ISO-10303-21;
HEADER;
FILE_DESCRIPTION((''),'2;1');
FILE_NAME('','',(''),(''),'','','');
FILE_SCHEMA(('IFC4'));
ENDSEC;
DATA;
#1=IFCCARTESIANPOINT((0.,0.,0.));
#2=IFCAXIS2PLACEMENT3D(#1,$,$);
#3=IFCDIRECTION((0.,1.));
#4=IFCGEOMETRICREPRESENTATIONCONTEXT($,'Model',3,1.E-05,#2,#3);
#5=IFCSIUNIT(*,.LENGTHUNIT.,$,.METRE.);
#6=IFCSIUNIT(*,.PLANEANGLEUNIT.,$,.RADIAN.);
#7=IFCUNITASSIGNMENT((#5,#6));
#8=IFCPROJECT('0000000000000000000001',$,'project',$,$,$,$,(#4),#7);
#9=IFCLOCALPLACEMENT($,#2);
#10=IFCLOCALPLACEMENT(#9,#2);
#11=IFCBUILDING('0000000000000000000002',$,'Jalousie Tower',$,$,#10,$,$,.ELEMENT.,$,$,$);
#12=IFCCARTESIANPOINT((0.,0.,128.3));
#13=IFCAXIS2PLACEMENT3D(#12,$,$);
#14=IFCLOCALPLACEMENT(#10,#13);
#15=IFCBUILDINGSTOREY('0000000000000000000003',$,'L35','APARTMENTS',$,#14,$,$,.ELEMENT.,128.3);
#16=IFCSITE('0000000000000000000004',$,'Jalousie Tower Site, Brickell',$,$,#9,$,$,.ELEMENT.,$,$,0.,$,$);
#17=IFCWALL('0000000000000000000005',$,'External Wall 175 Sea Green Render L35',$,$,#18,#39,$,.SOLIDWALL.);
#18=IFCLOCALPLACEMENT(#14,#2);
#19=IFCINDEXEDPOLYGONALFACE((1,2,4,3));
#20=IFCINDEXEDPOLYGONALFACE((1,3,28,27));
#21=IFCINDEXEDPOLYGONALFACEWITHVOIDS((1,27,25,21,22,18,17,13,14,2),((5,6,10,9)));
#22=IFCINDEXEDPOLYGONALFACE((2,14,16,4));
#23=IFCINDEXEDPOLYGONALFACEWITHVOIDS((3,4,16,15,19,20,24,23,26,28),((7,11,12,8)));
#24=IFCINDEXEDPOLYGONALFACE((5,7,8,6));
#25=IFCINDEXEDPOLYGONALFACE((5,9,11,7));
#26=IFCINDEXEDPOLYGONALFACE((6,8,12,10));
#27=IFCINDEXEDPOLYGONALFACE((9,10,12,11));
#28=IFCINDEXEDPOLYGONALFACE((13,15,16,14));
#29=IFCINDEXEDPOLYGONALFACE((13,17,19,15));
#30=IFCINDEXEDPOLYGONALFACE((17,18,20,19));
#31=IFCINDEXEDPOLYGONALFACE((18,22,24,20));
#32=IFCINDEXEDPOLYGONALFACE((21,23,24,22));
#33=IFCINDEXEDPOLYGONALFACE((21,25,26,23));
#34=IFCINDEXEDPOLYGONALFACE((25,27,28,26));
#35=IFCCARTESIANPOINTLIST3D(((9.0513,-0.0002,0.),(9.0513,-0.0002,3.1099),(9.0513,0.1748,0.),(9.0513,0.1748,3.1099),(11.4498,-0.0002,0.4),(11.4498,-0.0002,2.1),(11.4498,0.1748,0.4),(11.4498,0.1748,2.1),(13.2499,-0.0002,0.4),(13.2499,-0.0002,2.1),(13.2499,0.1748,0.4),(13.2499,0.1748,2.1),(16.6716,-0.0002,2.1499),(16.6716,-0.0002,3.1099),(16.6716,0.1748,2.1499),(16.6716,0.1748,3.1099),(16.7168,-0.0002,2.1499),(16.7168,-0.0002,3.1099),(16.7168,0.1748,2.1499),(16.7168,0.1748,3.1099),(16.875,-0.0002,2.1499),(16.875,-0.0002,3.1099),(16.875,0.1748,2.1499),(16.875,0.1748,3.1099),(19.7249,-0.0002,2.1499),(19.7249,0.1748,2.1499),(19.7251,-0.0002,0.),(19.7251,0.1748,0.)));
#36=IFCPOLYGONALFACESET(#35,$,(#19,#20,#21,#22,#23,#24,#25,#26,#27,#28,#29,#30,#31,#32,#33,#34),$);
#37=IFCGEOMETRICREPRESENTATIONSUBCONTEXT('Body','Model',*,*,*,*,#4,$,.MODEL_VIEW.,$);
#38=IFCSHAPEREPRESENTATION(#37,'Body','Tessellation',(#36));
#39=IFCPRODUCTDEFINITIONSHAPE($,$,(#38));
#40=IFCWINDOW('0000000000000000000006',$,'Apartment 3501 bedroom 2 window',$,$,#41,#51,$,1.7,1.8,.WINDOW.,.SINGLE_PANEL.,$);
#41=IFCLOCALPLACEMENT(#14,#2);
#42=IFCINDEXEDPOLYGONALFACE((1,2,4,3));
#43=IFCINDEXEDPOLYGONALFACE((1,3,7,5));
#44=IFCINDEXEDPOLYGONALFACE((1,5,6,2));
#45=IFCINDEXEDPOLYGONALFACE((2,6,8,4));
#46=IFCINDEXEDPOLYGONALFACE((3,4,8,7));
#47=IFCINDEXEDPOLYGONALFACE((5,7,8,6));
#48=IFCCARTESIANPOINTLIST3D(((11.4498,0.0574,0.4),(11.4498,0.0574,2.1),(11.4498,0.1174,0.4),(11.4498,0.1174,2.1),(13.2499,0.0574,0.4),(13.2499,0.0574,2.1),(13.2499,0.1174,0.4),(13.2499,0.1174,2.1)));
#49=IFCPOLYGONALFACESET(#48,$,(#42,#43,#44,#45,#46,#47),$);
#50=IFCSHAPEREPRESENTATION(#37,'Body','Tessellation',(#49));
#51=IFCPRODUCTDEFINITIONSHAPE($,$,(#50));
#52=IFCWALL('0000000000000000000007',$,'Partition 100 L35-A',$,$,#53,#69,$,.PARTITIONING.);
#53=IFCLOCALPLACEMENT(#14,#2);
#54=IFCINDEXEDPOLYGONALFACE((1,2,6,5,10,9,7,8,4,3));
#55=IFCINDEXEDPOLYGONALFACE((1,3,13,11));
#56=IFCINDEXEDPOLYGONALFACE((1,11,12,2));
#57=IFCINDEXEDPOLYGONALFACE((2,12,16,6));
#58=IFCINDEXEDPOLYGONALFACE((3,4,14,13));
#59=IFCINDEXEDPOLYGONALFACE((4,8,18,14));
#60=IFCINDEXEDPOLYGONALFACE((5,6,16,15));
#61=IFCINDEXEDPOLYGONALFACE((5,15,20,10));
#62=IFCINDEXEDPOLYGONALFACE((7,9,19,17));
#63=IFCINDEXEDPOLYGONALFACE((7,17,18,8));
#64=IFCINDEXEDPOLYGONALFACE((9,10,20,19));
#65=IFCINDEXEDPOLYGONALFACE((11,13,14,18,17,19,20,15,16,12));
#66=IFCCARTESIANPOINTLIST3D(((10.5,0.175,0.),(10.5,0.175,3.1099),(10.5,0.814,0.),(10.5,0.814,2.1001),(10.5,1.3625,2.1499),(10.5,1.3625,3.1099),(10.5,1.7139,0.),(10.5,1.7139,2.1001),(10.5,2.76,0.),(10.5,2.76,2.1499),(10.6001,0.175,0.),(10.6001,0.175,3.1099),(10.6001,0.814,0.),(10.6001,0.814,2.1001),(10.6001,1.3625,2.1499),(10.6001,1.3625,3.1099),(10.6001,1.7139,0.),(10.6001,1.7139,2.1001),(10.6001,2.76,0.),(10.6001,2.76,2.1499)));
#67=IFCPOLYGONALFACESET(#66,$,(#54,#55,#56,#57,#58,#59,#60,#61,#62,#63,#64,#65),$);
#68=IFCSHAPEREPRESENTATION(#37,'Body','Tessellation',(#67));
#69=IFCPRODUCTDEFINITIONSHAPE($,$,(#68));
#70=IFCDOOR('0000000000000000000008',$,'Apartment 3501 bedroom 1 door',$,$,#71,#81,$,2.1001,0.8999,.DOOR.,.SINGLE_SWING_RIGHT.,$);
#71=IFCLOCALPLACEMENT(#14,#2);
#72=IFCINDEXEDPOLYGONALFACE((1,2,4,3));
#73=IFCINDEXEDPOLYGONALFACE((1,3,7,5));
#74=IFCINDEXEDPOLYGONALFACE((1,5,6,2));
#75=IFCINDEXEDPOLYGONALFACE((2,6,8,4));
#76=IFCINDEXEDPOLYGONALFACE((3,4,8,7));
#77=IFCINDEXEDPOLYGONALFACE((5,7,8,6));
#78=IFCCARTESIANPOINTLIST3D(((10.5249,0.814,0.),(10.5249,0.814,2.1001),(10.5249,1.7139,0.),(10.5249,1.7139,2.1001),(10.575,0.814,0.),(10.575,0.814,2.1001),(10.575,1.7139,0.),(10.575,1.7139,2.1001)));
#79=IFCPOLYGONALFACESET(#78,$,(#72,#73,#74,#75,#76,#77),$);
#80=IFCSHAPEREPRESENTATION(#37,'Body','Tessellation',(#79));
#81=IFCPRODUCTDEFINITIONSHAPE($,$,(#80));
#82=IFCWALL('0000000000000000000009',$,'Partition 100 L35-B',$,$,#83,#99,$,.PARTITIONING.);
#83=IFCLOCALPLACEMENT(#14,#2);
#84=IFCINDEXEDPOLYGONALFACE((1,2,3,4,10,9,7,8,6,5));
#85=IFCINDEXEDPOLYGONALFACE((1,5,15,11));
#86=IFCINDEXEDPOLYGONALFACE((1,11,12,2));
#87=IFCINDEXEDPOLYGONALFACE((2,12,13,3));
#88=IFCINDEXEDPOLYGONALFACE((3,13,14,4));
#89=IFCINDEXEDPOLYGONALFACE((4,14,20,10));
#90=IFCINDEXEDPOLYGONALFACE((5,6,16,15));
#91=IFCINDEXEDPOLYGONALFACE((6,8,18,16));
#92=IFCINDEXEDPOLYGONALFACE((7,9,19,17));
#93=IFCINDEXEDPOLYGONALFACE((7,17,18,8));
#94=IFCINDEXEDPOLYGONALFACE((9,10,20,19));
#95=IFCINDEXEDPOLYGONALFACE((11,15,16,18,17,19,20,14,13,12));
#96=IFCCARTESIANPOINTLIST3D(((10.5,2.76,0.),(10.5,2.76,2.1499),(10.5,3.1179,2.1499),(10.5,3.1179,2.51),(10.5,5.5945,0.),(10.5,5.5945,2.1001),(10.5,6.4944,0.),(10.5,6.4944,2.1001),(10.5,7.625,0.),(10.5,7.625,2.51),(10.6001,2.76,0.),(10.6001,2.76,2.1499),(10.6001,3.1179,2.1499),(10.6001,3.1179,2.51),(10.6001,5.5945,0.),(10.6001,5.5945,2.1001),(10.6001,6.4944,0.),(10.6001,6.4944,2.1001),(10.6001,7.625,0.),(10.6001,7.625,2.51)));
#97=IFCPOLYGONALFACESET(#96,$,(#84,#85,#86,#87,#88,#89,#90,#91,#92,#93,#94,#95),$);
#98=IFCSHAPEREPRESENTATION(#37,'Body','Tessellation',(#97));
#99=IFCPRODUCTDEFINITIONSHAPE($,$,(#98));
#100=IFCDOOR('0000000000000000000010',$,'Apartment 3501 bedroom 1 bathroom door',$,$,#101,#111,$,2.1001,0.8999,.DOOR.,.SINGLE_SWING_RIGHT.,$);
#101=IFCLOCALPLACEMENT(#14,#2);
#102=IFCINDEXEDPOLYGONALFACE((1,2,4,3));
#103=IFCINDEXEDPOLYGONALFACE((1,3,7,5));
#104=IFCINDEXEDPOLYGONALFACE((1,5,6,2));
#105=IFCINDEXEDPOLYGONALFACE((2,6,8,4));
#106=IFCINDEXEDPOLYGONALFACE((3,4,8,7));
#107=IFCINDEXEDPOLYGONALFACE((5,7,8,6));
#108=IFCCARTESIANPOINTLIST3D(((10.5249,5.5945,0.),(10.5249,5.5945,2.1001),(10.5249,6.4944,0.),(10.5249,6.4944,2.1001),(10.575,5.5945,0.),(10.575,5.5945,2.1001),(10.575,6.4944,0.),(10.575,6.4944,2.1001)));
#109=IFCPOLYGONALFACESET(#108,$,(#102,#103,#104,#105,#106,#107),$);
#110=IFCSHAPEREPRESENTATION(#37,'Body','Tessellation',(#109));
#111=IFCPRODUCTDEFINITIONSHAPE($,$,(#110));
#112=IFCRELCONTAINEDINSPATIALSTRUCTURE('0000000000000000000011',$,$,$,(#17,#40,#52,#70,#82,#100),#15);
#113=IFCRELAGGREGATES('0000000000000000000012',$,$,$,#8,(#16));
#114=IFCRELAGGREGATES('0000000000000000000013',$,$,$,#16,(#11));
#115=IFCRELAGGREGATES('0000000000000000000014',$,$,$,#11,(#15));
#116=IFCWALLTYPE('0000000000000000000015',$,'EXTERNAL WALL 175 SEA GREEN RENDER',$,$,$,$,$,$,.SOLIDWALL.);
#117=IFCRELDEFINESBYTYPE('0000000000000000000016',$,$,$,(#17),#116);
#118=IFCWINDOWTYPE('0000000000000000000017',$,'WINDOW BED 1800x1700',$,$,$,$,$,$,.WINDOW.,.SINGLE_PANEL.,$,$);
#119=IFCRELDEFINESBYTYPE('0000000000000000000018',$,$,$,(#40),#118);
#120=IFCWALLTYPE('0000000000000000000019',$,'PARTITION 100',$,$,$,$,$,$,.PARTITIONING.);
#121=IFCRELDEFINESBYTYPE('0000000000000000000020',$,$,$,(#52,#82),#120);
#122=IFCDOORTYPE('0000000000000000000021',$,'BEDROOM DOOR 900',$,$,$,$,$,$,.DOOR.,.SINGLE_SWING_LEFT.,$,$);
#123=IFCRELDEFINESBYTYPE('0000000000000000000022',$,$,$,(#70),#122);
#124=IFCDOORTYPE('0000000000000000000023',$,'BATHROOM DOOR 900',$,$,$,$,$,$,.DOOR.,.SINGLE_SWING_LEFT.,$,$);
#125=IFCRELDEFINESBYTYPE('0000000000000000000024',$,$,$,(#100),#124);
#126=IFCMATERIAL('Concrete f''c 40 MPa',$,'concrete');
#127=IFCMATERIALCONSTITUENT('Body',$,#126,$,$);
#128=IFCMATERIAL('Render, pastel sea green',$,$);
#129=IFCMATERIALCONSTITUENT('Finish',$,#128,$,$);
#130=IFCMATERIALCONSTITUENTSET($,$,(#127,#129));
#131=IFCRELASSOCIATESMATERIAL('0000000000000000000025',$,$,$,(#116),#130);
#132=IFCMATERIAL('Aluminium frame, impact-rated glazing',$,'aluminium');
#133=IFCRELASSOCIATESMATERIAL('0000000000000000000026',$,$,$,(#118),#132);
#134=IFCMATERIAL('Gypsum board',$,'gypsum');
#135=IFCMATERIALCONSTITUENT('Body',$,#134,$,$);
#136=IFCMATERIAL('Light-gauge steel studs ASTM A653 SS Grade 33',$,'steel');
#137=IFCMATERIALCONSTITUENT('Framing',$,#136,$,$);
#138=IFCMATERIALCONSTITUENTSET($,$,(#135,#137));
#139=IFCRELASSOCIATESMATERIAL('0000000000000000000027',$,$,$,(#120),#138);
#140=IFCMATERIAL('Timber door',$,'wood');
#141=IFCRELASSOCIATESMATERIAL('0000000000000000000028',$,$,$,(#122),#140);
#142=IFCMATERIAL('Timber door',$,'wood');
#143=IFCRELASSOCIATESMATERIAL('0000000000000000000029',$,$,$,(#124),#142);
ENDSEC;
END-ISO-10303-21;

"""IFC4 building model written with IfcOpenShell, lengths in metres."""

from ifc_helpers import new_model, si_unit, direction, frame, frame_2d, origin, place, context, subcontext, project, spatial, polyline, rectangle, outline, extrude, material, constituent, constituent_set, type_object, element, fill, save


model = new_model("IFC4")

# Units and contexts
model_context = context("Model", 3, precision=1e-05, world=origin(), true_north=direction((0.0, 1.0)))
body_context = subcontext(model_context, "Body", "Model", "MODEL_VIEW")
ifc_project = project(units=[si_unit("LENGTHUNIT", "METRE"), si_unit("PLANEANGLEUNIT", "RADIAN")], contexts=[model_context])

# Site, building, storey
site_placement = place(None, origin())
site = spatial("IfcSite", under=ifc_project, at=site_placement, Name="Jalousie Tower Site, Brickell", CompositionType="ELEMENT", RefElevation=0.0)
building_placement = place(site_placement, origin())
building = spatial("IfcBuilding", under=site, at=building_placement, Name="Jalousie Tower", CompositionType="ELEMENT")
storey_placement = place(building_placement, frame((0.0, 0.0, 128.3)))
storey = spatial("IfcBuildingStorey", under=building, at=storey_placement, Name="L35", Description="APARTMENTS", CompositionType="ELEMENT", Elevation=128.3)

# Wall, opening, window
ifc_material_1 = material(Name="Concrete f'c 40 MPa", Category="concrete")
ifc_constituent_1 = constituent(ifc_material_1, Name="Body")
ifc_material_2 = material(Name="Render, pastel sea green")
ifc_constituent_2 = constituent(ifc_material_2, Name="Finish")
ifc_constituent_set_1 = constituent_set(constituents=[ifc_constituent_1, ifc_constituent_2])
wall_type_1 = type_object("IfcWallType", Name="EXTERNAL WALL 175 SEA GREEN RENDER", PredefinedType="SOLIDWALL", material=ifc_constituent_set_1)
wall_1_placement = place(storey_placement, frame((9.0513, 0.0874, 0.0), z_axis=(0.0, 0.0, 1.0), x_axis=(1.0, 0.0, 0.0)))
wall_1 = element("IfcWall", 1, at=wall_1_placement, inside=storey, type_object=wall_type_1, Name="External Wall 175 Sea Green Render L35", PredefinedType="SOLIDWALL", context=body_context, shape_type="SweptSolid", body=[
    extrude(outline(polyline([(0.0, 0.0), (10.6738, 0.0), (10.6736, 2.1499), (7.8237, 2.1499), (7.8237, 3.1099), (7.6655, 3.1099), (7.6655, 2.1499), (7.6204, 2.1499), (7.6204, 3.1099), (0.0, 3.1099), (0.0, 0.0)])), frame((0.0, 0.0874, 0.0), z_axis=(0.0, -1.0, 0.0), x_axis=(1.0, 0.0, 0.0)), (0.0, 0.0, 1.0), 0.175),
])
opening_1_placement = place(wall_1_placement, frame((2.3987, 0.0, 0.3999)))
opening_1 = element("IfcOpeningElement", 2, at=opening_1_placement, cuts=wall_1, PredefinedType="OPENING", context=body_context, shape_type="SweptSolid", body=[
    extrude(rectangle(XDim=1.8, YDim=1.7, at=frame_2d((0.8999, 0.8501))), frame((0.0, 0.0974, 0.0), z_axis=(0.0, -1.0, 0.0), x_axis=(1.0, 0.0, 0.0)), (0.0, 0.0, 1.0), 0.1951),
])
ifc_material_3 = material(Name="Aluminium frame, impact-rated glazing", Category="aluminium")
window_type = type_object("IfcWindowType", Name="WINDOW BED 1800x1700", PartitioningType="SINGLE_PANEL", PredefinedType="WINDOW", material=ifc_material_3)
window_placement = place(opening_1_placement, origin())
window = element("IfcWindow", 3, at=window_placement, inside=storey, type_object=window_type, Name="Apartment 3501 bedroom 2 window", OverallHeight=1.7, OverallWidth=1.8, PartitioningType="SINGLE_PANEL", PredefinedType="WINDOW", context=body_context, shape_type="SweptSolid", body=[
    extrude(rectangle(XDim=1.8, YDim=1.7, at=frame_2d((0.8999, 0.8501))), frame((0.0, 0.03, 0.0), z_axis=(0.0, -1.0, 0.0), x_axis=(1.0, 0.0, 0.0)), (0.0, 0.0, 1.0), 0.0601),
])
fill(opening_1, window)

# Walls, openings, doors
ifc_material_4 = material(Name="Gypsum board", Category="gypsum")
ifc_constituent_3 = constituent(ifc_material_4, Name="Body")
ifc_material_5 = material(Name="Light-gauge steel studs ASTM A653 SS Grade 33", Category="steel")
ifc_constituent_4 = constituent(ifc_material_5, Name="Framing")
ifc_constituent_set_2 = constituent_set(constituents=[ifc_constituent_3, ifc_constituent_4])
wall_type_2 = type_object("IfcWallType", Name="PARTITION 100", PredefinedType="PARTITIONING", material=ifc_constituent_set_2)
wall_2_placement = place(storey_placement, frame((10.55, 0.175, 0.0), z_axis=(0.0, 0.0, 1.0), x_axis=(0.0, 1.0, 0.0)))
wall_2 = element("IfcWall", 4, at=wall_2_placement, inside=storey, type_object=wall_type_2, Name="Partition 100 L35-A", PredefinedType="PARTITIONING", context=body_context, shape_type="SweptSolid", body=[
    extrude(outline(polyline([(0.0, 0.0), (2.585, 0.0), (2.585, 2.1499), (1.1875, 2.1499), (1.1875, 3.1099), (0.0, 3.1099), (0.0, 0.0)])), frame((0.0, 0.05, 0.0), z_axis=(0.0, -1.0, 0.0), x_axis=(1.0, 0.0, 0.0)), (0.0, 0.0, 1.0), 0.1001),
])
opening_2_placement = place(wall_2_placement, frame((0.6389, 0.0, 0.0)))
opening_2 = element("IfcOpeningElement", 5, at=opening_2_placement, cuts=wall_2, PredefinedType="OPENING", context=body_context, shape_type="SweptSolid", body=[
    extrude(rectangle(XDim=0.8999, YDim=2.1001, at=frame_2d((0.45, 1.05))), frame((0.0, 0.0601, 0.0), z_axis=(0.0, -1.0, 0.0), x_axis=(1.0, 0.0, 0.0)), (0.0, 0.0, 1.0), 0.1201),
])
ifc_material_6 = material(Name="Timber door", Category="wood")
door_type_1 = type_object("IfcDoorType", Name="BEDROOM DOOR 900", OperationType="SINGLE_SWING_LEFT", PredefinedType="DOOR", material=ifc_material_6)
door_1_placement = place(opening_2_placement, frame((0.8999, 0.0, 0.0), z_axis=(0.0, 0.0, 1.0), x_axis=(-1.0, 0.0, 0.0)))
door_1 = element("IfcDoor", 6, at=door_1_placement, inside=storey, type_object=door_type_1, Name="Apartment 3501 bedroom 1 door", OperationType="SINGLE_SWING_RIGHT", OverallHeight=2.1001, OverallWidth=0.8999, PredefinedType="DOOR", context=body_context, shape_type="SweptSolid", body=[
    extrude(rectangle(XDim=0.8999, YDim=2.1001, at=frame_2d((0.45, 1.05))), frame((0.0, 0.0249, 0.0), z_axis=(0.0, -1.0, 0.0), x_axis=(1.0, 0.0, 0.0)), (0.0, 0.0, 1.0), 0.05),
])
fill(opening_2, door_1)
wall_3_placement = place(storey_placement, frame((10.55, 2.76, 0.0), z_axis=(0.0, 0.0, 1.0), x_axis=(0.0, 1.0, 0.0)))
wall_3 = element("IfcWall", 7, at=wall_3_placement, inside=storey, type_object=wall_type_2, Name="Partition 100 L35-B", PredefinedType="PARTITIONING", context=body_context, shape_type="SweptSolid", body=[
    extrude(outline(polyline([(0.0, 0.0), (4.865, 0.0), (4.865, 2.51), (0.3579, 2.51), (0.3579, 2.1499), (0.0, 2.1499), (0.0, 0.0)])), frame((0.0, 0.05, 0.0), z_axis=(0.0, -1.0, 0.0), x_axis=(1.0, 0.0, 0.0)), (0.0, 0.0, 1.0), 0.1001),
])
opening_3_placement = place(wall_3_placement, frame((2.8345, 0.0, 0.0)))
opening_3 = element("IfcOpeningElement", 8, at=opening_3_placement, cuts=wall_3, PredefinedType="OPENING", context=body_context, shape_type="SweptSolid", body=[
    extrude(rectangle(XDim=0.8999, YDim=2.1001, at=frame_2d((0.45, 1.05))), frame((0.0, 0.0601, 0.0), z_axis=(0.0, -1.0, 0.0), x_axis=(1.0, 0.0, 0.0)), (0.0, 0.0, 1.0), 0.1201),
])
ifc_material_7 = material(Name="Timber door", Category="wood")
door_type_2 = type_object("IfcDoorType", Name="BATHROOM DOOR 900", OperationType="SINGLE_SWING_LEFT", PredefinedType="DOOR", material=ifc_material_7)
door_2_placement = place(opening_3_placement, frame((0.8999, 0.0, 0.0), z_axis=(0.0, 0.0, 1.0), x_axis=(-1.0, 0.0, 0.0)))
door_2 = element("IfcDoor", 9, at=door_2_placement, inside=storey, type_object=door_type_2, Name="Apartment 3501 bedroom 1 bathroom door", OperationType="SINGLE_SWING_RIGHT", OverallHeight=2.1001, OverallWidth=0.8999, PredefinedType="DOOR", context=body_context, shape_type="SweptSolid", body=[
    extrude(rectangle(XDim=0.8999, YDim=2.1001, at=frame_2d((0.45, 1.05))), frame((0.0, 0.0249, 0.0), z_axis=(0.0, -1.0, 0.0), x_axis=(1.0, 0.0, 0.0)), (0.0, 0.0, 1.0), 0.05),
])
fill(opening_3, door_2)

save(model, "model.ifc")
